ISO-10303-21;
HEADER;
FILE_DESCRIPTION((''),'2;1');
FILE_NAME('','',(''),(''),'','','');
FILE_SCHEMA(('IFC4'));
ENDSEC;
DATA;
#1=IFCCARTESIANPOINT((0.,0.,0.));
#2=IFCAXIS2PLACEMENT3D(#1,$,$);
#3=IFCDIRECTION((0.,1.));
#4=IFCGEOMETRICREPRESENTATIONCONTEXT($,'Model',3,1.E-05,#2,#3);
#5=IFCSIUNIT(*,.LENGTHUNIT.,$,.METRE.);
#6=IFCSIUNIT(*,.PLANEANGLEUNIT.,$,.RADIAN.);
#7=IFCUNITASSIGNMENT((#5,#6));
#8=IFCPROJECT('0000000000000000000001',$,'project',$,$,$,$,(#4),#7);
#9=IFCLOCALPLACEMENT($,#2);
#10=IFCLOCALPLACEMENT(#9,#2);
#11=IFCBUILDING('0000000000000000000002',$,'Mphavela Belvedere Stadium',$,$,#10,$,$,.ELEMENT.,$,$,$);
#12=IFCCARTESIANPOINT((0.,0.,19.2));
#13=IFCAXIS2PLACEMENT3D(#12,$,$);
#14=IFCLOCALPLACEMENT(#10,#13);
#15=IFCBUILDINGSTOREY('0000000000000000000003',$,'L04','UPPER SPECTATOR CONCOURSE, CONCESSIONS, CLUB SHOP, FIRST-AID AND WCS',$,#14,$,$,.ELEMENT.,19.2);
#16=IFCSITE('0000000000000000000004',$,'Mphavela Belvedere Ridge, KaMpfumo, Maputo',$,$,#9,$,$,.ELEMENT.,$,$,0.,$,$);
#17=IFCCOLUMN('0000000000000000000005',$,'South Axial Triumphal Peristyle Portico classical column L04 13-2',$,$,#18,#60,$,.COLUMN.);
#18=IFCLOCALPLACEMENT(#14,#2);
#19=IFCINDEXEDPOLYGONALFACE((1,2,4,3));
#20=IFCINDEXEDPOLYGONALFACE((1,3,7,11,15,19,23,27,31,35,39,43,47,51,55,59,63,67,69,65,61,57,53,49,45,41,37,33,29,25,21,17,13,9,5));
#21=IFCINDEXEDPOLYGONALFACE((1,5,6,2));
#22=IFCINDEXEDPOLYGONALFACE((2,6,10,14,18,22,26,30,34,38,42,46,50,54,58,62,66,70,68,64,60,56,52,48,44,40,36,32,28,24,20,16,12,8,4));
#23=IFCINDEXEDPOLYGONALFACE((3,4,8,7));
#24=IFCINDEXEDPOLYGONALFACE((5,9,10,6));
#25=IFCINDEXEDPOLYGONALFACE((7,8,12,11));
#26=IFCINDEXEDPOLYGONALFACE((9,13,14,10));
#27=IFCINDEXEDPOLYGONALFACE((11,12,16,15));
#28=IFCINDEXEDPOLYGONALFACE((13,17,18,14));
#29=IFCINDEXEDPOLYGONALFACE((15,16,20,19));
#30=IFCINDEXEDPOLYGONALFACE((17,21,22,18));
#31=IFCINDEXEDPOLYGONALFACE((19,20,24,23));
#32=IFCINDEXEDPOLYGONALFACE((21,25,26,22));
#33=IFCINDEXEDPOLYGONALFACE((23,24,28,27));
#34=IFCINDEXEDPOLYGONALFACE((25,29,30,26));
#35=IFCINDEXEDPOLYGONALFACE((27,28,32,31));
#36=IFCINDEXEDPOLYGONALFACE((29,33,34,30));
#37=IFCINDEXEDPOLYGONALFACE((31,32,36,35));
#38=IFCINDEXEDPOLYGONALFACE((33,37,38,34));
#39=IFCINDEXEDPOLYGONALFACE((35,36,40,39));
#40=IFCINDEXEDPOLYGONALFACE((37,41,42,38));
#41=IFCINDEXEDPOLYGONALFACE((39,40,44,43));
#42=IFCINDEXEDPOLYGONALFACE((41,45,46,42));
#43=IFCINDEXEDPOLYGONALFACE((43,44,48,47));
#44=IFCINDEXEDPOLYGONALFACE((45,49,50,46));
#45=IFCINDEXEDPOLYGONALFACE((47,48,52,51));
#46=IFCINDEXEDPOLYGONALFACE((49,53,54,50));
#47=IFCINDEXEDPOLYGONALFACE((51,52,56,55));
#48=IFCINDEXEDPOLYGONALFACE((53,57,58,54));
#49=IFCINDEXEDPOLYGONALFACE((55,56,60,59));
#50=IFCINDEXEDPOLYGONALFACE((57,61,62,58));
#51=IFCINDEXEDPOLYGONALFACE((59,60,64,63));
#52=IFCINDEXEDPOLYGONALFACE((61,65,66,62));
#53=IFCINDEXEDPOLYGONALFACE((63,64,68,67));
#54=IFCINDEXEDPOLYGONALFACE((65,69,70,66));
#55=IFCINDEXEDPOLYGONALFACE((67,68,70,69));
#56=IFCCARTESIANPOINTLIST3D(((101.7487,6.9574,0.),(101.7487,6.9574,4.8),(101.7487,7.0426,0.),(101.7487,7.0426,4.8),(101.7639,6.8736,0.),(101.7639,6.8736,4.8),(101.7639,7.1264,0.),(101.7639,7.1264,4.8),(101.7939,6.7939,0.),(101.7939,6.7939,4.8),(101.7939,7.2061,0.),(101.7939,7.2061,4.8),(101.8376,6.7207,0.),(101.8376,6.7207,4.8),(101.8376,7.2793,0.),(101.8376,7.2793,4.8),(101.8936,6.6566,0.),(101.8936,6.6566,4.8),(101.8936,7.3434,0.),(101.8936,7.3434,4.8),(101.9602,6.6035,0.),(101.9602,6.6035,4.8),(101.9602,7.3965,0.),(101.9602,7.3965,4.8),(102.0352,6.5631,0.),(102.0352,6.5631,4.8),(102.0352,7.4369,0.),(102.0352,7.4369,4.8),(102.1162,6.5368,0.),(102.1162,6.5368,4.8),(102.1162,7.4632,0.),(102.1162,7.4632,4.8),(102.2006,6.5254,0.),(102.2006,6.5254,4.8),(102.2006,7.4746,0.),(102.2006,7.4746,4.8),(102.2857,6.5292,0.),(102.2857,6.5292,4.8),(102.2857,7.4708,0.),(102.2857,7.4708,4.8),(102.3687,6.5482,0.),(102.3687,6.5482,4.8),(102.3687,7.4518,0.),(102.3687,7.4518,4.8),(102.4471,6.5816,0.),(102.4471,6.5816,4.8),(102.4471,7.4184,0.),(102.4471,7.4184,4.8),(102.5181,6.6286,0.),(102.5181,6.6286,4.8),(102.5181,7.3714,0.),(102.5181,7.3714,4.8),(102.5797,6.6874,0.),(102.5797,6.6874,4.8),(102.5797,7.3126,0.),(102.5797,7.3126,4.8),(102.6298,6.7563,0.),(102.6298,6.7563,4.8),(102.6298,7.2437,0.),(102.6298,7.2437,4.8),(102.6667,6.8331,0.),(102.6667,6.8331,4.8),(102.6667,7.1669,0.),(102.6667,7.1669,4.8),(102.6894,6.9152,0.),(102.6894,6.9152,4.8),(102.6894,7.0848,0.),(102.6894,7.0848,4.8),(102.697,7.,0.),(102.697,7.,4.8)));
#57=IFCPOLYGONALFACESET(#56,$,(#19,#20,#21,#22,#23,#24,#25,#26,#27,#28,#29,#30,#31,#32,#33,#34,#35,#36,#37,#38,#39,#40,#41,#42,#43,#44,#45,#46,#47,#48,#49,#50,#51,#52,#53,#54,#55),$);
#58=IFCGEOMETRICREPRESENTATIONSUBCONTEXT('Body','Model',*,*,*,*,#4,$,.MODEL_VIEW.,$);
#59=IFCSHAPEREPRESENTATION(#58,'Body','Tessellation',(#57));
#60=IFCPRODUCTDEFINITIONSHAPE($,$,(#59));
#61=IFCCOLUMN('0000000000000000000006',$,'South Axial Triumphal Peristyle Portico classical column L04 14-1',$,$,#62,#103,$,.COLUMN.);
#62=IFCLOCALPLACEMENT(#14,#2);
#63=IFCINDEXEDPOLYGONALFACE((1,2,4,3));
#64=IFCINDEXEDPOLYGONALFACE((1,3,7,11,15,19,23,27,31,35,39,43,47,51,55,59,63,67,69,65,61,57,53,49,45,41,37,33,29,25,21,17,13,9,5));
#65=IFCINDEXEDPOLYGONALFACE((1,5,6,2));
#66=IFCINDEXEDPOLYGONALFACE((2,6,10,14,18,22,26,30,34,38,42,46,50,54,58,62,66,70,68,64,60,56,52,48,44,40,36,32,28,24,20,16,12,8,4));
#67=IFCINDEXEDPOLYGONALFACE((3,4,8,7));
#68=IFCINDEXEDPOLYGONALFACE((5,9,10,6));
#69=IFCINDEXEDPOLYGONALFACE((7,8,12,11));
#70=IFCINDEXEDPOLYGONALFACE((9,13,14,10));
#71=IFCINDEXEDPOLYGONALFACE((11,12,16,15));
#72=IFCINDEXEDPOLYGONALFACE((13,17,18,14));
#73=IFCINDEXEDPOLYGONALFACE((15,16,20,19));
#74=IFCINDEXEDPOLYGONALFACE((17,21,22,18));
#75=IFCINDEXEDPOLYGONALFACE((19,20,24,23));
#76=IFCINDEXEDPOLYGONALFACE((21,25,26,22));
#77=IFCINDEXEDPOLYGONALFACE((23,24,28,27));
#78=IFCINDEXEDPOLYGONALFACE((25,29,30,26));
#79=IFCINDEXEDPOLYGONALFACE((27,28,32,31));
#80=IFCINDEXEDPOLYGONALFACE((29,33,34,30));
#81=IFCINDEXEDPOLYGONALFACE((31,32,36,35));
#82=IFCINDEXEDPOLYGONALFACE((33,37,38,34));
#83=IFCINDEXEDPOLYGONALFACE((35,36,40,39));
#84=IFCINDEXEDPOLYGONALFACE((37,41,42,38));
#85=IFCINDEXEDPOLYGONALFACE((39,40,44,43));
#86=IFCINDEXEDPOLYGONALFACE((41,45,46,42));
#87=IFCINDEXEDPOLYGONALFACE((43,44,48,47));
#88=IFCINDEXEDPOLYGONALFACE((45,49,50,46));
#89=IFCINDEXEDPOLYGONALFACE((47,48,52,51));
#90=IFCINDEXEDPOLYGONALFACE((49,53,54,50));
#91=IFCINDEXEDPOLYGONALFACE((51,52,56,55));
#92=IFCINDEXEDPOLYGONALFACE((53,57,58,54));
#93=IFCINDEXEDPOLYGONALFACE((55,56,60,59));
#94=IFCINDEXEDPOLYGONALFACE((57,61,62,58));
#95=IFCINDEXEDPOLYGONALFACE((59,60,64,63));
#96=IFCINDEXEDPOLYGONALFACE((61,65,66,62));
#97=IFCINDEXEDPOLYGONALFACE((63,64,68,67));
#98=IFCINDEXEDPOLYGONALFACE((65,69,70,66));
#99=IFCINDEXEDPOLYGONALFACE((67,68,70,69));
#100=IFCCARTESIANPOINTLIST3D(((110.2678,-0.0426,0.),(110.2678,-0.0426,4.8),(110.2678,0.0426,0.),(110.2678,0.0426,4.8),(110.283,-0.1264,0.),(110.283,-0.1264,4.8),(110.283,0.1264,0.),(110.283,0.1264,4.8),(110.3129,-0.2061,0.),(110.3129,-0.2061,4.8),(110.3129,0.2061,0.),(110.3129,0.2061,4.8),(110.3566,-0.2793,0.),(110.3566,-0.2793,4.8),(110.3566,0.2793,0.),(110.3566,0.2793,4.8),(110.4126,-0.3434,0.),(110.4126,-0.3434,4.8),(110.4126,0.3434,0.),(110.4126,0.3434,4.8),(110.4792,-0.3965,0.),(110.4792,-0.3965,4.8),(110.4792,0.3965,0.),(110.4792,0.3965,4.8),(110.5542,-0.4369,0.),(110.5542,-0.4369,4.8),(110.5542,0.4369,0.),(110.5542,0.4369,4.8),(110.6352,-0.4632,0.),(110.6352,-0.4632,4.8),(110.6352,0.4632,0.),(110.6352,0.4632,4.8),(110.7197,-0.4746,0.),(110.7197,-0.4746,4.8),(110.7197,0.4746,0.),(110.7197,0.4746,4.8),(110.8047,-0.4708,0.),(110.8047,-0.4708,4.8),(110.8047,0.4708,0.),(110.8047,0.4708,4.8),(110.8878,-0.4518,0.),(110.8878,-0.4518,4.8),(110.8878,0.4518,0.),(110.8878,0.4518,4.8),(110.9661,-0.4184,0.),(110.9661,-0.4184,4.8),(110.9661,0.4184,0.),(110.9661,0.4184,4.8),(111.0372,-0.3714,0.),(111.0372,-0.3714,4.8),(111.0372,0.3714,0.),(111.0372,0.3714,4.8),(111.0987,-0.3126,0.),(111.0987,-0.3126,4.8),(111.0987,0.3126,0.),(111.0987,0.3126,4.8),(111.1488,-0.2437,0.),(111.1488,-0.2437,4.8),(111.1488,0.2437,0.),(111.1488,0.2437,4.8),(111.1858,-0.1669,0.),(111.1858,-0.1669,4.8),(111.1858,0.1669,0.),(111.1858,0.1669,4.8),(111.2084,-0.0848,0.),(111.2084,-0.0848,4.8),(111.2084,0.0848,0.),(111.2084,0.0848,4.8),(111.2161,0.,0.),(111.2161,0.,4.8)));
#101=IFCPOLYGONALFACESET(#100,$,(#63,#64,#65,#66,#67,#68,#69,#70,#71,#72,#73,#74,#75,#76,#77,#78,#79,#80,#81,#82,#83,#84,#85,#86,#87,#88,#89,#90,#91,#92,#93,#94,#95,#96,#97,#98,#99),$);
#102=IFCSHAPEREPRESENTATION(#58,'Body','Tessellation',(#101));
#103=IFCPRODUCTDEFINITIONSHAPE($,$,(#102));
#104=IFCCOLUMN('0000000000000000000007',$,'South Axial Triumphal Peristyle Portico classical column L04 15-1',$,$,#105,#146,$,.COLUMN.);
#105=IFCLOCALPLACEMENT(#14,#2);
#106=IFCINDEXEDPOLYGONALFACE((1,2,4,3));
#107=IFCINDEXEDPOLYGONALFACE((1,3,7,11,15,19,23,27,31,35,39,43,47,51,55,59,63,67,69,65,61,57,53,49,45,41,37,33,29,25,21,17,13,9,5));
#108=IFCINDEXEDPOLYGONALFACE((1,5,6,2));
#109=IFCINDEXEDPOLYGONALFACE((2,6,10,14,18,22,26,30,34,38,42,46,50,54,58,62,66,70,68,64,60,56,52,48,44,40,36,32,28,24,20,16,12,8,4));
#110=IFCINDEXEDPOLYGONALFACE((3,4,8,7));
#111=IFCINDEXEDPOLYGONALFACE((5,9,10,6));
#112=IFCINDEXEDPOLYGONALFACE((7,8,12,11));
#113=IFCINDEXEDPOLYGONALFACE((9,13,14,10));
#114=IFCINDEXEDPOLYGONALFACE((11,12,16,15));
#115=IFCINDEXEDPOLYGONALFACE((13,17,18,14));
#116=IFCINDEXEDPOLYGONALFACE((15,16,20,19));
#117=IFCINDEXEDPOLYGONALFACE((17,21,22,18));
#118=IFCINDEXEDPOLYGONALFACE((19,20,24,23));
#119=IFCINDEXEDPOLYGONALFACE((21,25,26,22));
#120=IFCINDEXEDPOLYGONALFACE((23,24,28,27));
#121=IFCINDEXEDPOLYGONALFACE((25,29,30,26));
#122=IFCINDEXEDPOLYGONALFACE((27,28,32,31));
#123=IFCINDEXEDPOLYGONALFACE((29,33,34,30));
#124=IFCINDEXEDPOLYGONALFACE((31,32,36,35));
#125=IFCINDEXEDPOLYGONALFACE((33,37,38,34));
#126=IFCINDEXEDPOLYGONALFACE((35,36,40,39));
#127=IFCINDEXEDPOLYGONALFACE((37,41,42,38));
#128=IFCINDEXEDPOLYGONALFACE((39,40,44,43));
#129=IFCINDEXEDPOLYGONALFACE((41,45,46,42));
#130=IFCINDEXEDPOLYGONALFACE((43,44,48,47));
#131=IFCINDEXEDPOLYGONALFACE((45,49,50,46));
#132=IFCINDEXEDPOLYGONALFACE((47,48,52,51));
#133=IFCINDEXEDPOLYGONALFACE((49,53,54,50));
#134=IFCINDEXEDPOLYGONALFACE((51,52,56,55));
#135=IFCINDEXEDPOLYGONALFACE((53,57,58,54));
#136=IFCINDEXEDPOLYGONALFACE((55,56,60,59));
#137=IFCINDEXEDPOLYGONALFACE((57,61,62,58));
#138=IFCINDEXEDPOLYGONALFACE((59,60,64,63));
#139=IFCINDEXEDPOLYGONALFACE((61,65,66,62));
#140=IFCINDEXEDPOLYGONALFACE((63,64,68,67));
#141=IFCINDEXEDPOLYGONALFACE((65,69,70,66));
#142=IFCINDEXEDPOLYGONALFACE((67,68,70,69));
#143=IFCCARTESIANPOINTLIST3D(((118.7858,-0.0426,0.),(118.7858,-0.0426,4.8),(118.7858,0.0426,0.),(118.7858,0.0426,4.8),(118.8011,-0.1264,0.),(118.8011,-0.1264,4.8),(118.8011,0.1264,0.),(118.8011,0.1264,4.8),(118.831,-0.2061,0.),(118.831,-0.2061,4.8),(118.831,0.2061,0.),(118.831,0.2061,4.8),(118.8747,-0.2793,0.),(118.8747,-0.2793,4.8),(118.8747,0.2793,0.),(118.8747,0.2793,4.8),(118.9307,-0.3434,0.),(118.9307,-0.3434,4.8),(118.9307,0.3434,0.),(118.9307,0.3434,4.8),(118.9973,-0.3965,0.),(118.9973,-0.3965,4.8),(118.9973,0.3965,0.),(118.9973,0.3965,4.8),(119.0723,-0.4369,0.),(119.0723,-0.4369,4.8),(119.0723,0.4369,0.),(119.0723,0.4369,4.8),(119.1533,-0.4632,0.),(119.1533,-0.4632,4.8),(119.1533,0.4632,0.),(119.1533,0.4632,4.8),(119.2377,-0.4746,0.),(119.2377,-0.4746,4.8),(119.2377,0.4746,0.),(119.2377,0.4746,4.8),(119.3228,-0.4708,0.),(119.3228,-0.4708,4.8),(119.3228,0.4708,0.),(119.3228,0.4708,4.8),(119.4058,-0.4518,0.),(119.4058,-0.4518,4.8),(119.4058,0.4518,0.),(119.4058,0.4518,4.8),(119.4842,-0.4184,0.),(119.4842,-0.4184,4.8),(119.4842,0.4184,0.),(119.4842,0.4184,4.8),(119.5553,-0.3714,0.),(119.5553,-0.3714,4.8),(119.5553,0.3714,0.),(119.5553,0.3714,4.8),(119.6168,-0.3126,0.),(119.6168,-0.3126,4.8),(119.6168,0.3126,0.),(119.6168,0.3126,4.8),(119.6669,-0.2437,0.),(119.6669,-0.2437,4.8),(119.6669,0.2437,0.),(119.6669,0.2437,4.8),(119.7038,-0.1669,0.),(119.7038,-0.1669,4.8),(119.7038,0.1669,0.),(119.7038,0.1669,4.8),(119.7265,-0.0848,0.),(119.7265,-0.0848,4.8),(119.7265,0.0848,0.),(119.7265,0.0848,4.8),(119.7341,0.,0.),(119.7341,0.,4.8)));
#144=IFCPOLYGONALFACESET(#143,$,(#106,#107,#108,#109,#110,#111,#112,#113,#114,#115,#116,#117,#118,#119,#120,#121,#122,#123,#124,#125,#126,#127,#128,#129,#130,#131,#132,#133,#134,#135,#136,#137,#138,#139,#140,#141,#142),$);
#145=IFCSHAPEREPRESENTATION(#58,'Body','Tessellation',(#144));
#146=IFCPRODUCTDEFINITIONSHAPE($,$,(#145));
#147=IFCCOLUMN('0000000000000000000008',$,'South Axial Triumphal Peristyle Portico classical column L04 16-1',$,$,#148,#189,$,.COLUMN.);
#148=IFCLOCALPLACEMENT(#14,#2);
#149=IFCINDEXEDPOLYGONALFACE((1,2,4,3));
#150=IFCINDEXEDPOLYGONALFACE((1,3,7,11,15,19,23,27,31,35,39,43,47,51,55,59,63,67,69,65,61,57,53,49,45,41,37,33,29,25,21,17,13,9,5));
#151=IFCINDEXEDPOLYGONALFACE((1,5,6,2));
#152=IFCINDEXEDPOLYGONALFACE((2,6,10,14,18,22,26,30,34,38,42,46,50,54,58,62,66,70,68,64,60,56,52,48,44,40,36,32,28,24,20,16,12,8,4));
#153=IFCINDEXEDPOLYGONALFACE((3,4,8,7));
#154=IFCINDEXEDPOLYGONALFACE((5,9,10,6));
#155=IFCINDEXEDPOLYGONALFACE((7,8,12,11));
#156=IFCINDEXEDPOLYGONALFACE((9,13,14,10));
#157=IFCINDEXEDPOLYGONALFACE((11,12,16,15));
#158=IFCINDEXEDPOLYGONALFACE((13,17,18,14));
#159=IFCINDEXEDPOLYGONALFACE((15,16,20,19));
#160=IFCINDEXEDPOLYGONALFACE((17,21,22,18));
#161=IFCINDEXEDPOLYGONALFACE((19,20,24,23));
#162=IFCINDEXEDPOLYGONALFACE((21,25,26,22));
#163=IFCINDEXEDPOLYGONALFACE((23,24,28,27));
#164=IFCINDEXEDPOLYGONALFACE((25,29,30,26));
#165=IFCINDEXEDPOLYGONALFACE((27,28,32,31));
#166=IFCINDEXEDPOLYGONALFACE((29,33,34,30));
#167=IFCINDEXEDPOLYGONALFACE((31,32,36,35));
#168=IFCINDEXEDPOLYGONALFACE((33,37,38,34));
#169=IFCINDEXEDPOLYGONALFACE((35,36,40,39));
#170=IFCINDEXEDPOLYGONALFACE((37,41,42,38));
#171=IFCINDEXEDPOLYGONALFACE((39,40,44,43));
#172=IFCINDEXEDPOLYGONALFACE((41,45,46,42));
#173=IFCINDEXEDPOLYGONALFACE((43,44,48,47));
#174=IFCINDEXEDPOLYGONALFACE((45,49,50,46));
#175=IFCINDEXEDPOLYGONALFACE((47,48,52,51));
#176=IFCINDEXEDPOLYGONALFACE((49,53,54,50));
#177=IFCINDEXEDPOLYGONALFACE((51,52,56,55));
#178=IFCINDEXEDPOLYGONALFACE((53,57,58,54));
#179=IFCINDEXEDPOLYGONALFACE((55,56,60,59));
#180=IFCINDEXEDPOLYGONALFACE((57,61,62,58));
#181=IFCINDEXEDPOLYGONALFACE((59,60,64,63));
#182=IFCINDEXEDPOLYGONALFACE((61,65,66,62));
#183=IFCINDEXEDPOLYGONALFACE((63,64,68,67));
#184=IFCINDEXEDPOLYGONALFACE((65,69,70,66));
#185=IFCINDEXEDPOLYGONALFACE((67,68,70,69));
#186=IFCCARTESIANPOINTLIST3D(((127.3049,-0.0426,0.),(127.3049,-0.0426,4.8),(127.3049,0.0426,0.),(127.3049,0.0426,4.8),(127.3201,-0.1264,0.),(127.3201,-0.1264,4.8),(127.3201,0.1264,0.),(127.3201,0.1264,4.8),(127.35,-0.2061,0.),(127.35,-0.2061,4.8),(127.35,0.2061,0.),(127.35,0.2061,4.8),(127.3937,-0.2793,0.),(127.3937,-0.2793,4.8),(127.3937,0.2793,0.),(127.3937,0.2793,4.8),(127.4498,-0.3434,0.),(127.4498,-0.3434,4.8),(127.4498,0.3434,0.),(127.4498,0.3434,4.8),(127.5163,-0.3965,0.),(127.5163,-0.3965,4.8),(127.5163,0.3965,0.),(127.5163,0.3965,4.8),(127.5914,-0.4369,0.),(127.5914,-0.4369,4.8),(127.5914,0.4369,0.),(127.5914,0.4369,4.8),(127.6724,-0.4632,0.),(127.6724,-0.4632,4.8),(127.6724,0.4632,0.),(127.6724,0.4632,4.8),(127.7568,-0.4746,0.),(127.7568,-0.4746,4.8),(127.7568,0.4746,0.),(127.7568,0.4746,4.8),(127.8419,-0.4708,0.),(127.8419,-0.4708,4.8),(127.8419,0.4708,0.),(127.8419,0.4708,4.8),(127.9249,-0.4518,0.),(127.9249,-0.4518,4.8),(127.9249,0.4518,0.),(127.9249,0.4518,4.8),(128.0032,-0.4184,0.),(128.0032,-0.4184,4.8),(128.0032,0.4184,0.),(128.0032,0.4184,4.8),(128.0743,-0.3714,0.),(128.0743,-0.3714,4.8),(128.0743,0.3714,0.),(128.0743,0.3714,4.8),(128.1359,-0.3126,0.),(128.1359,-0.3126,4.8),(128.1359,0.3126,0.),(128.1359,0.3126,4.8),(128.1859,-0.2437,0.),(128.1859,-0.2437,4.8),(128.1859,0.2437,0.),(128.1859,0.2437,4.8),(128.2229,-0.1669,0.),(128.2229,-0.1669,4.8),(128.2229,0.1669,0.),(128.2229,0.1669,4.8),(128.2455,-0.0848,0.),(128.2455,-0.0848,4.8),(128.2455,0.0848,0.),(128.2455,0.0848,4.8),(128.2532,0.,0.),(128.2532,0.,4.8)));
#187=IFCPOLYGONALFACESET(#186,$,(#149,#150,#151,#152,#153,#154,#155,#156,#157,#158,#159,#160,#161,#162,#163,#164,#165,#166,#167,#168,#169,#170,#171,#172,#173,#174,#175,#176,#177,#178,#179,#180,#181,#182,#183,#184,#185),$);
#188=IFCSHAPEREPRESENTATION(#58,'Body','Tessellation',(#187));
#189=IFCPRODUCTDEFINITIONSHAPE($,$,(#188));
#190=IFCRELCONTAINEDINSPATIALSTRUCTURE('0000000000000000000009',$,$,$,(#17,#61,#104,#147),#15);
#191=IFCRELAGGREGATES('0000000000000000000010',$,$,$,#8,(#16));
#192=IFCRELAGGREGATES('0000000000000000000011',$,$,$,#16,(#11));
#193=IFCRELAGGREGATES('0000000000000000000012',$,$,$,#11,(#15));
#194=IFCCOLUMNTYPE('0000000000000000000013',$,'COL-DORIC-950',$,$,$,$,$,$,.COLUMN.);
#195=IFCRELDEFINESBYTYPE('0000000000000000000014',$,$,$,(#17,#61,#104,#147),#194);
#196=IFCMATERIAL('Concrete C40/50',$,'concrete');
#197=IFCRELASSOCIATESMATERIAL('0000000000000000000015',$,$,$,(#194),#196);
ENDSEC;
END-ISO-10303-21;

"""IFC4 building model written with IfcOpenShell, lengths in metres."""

from ifc_helpers import new_model, si_unit, direction, frame, origin, origin_2d, place, context, subcontext, project, spatial, circle, extrude, material, material_profile, profile_set, type_object, element, save


model = new_model("IFC4")

# Units and contexts
model_context = context("Model", 3, precision=1e-05, world=origin(), true_north=direction((0.0, 1.0)))
body_context = subcontext(model_context, "Body", "Model", "MODEL_VIEW")
ifc_project = project(units=[si_unit("LENGTHUNIT", "METRE"), si_unit("PLANEANGLEUNIT", "RADIAN")], contexts=[model_context])

# Site, building, storey
site_placement = place(None, origin())
site = spatial("IfcSite", under=ifc_project, at=site_placement, Name="Mphavela Belvedere Ridge, KaMpfumo, Maputo", CompositionType="ELEMENT", RefElevation=0.0)
building_placement = place(site_placement, origin())
building = spatial("IfcBuilding", under=site, at=building_placement, Name="Mphavela Belvedere Stadium", CompositionType="ELEMENT")
storey_placement = place(building_placement, frame((0.0, 0.0, 19.2)))
storey = spatial("IfcBuildingStorey", under=building, at=storey_placement, Name="L04", Description="UPPER SPECTATOR CONCOURSE, CONCESSIONS, CLUB SHOP, FIRST-AID AND WCS", CompositionType="ELEMENT", Elevation=19.2)

# Columns
ifc_material_1 = material(Name="Concrete C40/50", Category="concrete")
ifc_material_profile_1 = material_profile(ifc_material_1, circle(Radius=0.4751, at=origin_2d()), Name="COL D950")
ifc_profile_set_1 = profile_set([ifc_material_profile_1], Name="Concrete C40/50")
column_type_1 = type_object("IfcColumnType", Name="COL-DORIC-950", PredefinedType="COLUMN", material=ifc_profile_set_1)
for number, where, z_axis, x_axis, name in (
    (1, (102.2219, 7.0, 0.0), (0.0, 0.0, 1.0), (1.0, 0.0, 0.0), "South Axial Triumphal Peristyle Portico classical column L04 13-2"),
    (2, (110.741, 0.0, 0.0), (0.0, 0.0, 1.0), (1.0, 0.0, 0.0), "South Axial Triumphal Peristyle Portico classical column L04 14-1"),
    (3, (119.259, 0.0, 0.0), (0.0, 0.0, 1.0), (1.0, 0.0, 0.0), "South Axial Triumphal Peristyle Portico classical column L04 15-1"),
    (4, (127.7781, 0.0, 0.0), (0.0, 0.0, 1.0), (1.0, 0.0, 0.0), "South Axial Triumphal Peristyle Portico classical column L04 16-1"),
):
    element("IfcColumn", number, at=place(storey_placement, frame(where, z_axis=z_axis, x_axis=x_axis)), inside=storey, type_object=column_type_1, Name=name, PredefinedType="COLUMN", context=body_context, shape_type="SweptSolid", body=[
        extrude(circle(Radius=0.4751, at=origin_2d()), origin(), (0.0, 0.0, 1.0), 4.8),
    ])

save(model, "model.ifc")
